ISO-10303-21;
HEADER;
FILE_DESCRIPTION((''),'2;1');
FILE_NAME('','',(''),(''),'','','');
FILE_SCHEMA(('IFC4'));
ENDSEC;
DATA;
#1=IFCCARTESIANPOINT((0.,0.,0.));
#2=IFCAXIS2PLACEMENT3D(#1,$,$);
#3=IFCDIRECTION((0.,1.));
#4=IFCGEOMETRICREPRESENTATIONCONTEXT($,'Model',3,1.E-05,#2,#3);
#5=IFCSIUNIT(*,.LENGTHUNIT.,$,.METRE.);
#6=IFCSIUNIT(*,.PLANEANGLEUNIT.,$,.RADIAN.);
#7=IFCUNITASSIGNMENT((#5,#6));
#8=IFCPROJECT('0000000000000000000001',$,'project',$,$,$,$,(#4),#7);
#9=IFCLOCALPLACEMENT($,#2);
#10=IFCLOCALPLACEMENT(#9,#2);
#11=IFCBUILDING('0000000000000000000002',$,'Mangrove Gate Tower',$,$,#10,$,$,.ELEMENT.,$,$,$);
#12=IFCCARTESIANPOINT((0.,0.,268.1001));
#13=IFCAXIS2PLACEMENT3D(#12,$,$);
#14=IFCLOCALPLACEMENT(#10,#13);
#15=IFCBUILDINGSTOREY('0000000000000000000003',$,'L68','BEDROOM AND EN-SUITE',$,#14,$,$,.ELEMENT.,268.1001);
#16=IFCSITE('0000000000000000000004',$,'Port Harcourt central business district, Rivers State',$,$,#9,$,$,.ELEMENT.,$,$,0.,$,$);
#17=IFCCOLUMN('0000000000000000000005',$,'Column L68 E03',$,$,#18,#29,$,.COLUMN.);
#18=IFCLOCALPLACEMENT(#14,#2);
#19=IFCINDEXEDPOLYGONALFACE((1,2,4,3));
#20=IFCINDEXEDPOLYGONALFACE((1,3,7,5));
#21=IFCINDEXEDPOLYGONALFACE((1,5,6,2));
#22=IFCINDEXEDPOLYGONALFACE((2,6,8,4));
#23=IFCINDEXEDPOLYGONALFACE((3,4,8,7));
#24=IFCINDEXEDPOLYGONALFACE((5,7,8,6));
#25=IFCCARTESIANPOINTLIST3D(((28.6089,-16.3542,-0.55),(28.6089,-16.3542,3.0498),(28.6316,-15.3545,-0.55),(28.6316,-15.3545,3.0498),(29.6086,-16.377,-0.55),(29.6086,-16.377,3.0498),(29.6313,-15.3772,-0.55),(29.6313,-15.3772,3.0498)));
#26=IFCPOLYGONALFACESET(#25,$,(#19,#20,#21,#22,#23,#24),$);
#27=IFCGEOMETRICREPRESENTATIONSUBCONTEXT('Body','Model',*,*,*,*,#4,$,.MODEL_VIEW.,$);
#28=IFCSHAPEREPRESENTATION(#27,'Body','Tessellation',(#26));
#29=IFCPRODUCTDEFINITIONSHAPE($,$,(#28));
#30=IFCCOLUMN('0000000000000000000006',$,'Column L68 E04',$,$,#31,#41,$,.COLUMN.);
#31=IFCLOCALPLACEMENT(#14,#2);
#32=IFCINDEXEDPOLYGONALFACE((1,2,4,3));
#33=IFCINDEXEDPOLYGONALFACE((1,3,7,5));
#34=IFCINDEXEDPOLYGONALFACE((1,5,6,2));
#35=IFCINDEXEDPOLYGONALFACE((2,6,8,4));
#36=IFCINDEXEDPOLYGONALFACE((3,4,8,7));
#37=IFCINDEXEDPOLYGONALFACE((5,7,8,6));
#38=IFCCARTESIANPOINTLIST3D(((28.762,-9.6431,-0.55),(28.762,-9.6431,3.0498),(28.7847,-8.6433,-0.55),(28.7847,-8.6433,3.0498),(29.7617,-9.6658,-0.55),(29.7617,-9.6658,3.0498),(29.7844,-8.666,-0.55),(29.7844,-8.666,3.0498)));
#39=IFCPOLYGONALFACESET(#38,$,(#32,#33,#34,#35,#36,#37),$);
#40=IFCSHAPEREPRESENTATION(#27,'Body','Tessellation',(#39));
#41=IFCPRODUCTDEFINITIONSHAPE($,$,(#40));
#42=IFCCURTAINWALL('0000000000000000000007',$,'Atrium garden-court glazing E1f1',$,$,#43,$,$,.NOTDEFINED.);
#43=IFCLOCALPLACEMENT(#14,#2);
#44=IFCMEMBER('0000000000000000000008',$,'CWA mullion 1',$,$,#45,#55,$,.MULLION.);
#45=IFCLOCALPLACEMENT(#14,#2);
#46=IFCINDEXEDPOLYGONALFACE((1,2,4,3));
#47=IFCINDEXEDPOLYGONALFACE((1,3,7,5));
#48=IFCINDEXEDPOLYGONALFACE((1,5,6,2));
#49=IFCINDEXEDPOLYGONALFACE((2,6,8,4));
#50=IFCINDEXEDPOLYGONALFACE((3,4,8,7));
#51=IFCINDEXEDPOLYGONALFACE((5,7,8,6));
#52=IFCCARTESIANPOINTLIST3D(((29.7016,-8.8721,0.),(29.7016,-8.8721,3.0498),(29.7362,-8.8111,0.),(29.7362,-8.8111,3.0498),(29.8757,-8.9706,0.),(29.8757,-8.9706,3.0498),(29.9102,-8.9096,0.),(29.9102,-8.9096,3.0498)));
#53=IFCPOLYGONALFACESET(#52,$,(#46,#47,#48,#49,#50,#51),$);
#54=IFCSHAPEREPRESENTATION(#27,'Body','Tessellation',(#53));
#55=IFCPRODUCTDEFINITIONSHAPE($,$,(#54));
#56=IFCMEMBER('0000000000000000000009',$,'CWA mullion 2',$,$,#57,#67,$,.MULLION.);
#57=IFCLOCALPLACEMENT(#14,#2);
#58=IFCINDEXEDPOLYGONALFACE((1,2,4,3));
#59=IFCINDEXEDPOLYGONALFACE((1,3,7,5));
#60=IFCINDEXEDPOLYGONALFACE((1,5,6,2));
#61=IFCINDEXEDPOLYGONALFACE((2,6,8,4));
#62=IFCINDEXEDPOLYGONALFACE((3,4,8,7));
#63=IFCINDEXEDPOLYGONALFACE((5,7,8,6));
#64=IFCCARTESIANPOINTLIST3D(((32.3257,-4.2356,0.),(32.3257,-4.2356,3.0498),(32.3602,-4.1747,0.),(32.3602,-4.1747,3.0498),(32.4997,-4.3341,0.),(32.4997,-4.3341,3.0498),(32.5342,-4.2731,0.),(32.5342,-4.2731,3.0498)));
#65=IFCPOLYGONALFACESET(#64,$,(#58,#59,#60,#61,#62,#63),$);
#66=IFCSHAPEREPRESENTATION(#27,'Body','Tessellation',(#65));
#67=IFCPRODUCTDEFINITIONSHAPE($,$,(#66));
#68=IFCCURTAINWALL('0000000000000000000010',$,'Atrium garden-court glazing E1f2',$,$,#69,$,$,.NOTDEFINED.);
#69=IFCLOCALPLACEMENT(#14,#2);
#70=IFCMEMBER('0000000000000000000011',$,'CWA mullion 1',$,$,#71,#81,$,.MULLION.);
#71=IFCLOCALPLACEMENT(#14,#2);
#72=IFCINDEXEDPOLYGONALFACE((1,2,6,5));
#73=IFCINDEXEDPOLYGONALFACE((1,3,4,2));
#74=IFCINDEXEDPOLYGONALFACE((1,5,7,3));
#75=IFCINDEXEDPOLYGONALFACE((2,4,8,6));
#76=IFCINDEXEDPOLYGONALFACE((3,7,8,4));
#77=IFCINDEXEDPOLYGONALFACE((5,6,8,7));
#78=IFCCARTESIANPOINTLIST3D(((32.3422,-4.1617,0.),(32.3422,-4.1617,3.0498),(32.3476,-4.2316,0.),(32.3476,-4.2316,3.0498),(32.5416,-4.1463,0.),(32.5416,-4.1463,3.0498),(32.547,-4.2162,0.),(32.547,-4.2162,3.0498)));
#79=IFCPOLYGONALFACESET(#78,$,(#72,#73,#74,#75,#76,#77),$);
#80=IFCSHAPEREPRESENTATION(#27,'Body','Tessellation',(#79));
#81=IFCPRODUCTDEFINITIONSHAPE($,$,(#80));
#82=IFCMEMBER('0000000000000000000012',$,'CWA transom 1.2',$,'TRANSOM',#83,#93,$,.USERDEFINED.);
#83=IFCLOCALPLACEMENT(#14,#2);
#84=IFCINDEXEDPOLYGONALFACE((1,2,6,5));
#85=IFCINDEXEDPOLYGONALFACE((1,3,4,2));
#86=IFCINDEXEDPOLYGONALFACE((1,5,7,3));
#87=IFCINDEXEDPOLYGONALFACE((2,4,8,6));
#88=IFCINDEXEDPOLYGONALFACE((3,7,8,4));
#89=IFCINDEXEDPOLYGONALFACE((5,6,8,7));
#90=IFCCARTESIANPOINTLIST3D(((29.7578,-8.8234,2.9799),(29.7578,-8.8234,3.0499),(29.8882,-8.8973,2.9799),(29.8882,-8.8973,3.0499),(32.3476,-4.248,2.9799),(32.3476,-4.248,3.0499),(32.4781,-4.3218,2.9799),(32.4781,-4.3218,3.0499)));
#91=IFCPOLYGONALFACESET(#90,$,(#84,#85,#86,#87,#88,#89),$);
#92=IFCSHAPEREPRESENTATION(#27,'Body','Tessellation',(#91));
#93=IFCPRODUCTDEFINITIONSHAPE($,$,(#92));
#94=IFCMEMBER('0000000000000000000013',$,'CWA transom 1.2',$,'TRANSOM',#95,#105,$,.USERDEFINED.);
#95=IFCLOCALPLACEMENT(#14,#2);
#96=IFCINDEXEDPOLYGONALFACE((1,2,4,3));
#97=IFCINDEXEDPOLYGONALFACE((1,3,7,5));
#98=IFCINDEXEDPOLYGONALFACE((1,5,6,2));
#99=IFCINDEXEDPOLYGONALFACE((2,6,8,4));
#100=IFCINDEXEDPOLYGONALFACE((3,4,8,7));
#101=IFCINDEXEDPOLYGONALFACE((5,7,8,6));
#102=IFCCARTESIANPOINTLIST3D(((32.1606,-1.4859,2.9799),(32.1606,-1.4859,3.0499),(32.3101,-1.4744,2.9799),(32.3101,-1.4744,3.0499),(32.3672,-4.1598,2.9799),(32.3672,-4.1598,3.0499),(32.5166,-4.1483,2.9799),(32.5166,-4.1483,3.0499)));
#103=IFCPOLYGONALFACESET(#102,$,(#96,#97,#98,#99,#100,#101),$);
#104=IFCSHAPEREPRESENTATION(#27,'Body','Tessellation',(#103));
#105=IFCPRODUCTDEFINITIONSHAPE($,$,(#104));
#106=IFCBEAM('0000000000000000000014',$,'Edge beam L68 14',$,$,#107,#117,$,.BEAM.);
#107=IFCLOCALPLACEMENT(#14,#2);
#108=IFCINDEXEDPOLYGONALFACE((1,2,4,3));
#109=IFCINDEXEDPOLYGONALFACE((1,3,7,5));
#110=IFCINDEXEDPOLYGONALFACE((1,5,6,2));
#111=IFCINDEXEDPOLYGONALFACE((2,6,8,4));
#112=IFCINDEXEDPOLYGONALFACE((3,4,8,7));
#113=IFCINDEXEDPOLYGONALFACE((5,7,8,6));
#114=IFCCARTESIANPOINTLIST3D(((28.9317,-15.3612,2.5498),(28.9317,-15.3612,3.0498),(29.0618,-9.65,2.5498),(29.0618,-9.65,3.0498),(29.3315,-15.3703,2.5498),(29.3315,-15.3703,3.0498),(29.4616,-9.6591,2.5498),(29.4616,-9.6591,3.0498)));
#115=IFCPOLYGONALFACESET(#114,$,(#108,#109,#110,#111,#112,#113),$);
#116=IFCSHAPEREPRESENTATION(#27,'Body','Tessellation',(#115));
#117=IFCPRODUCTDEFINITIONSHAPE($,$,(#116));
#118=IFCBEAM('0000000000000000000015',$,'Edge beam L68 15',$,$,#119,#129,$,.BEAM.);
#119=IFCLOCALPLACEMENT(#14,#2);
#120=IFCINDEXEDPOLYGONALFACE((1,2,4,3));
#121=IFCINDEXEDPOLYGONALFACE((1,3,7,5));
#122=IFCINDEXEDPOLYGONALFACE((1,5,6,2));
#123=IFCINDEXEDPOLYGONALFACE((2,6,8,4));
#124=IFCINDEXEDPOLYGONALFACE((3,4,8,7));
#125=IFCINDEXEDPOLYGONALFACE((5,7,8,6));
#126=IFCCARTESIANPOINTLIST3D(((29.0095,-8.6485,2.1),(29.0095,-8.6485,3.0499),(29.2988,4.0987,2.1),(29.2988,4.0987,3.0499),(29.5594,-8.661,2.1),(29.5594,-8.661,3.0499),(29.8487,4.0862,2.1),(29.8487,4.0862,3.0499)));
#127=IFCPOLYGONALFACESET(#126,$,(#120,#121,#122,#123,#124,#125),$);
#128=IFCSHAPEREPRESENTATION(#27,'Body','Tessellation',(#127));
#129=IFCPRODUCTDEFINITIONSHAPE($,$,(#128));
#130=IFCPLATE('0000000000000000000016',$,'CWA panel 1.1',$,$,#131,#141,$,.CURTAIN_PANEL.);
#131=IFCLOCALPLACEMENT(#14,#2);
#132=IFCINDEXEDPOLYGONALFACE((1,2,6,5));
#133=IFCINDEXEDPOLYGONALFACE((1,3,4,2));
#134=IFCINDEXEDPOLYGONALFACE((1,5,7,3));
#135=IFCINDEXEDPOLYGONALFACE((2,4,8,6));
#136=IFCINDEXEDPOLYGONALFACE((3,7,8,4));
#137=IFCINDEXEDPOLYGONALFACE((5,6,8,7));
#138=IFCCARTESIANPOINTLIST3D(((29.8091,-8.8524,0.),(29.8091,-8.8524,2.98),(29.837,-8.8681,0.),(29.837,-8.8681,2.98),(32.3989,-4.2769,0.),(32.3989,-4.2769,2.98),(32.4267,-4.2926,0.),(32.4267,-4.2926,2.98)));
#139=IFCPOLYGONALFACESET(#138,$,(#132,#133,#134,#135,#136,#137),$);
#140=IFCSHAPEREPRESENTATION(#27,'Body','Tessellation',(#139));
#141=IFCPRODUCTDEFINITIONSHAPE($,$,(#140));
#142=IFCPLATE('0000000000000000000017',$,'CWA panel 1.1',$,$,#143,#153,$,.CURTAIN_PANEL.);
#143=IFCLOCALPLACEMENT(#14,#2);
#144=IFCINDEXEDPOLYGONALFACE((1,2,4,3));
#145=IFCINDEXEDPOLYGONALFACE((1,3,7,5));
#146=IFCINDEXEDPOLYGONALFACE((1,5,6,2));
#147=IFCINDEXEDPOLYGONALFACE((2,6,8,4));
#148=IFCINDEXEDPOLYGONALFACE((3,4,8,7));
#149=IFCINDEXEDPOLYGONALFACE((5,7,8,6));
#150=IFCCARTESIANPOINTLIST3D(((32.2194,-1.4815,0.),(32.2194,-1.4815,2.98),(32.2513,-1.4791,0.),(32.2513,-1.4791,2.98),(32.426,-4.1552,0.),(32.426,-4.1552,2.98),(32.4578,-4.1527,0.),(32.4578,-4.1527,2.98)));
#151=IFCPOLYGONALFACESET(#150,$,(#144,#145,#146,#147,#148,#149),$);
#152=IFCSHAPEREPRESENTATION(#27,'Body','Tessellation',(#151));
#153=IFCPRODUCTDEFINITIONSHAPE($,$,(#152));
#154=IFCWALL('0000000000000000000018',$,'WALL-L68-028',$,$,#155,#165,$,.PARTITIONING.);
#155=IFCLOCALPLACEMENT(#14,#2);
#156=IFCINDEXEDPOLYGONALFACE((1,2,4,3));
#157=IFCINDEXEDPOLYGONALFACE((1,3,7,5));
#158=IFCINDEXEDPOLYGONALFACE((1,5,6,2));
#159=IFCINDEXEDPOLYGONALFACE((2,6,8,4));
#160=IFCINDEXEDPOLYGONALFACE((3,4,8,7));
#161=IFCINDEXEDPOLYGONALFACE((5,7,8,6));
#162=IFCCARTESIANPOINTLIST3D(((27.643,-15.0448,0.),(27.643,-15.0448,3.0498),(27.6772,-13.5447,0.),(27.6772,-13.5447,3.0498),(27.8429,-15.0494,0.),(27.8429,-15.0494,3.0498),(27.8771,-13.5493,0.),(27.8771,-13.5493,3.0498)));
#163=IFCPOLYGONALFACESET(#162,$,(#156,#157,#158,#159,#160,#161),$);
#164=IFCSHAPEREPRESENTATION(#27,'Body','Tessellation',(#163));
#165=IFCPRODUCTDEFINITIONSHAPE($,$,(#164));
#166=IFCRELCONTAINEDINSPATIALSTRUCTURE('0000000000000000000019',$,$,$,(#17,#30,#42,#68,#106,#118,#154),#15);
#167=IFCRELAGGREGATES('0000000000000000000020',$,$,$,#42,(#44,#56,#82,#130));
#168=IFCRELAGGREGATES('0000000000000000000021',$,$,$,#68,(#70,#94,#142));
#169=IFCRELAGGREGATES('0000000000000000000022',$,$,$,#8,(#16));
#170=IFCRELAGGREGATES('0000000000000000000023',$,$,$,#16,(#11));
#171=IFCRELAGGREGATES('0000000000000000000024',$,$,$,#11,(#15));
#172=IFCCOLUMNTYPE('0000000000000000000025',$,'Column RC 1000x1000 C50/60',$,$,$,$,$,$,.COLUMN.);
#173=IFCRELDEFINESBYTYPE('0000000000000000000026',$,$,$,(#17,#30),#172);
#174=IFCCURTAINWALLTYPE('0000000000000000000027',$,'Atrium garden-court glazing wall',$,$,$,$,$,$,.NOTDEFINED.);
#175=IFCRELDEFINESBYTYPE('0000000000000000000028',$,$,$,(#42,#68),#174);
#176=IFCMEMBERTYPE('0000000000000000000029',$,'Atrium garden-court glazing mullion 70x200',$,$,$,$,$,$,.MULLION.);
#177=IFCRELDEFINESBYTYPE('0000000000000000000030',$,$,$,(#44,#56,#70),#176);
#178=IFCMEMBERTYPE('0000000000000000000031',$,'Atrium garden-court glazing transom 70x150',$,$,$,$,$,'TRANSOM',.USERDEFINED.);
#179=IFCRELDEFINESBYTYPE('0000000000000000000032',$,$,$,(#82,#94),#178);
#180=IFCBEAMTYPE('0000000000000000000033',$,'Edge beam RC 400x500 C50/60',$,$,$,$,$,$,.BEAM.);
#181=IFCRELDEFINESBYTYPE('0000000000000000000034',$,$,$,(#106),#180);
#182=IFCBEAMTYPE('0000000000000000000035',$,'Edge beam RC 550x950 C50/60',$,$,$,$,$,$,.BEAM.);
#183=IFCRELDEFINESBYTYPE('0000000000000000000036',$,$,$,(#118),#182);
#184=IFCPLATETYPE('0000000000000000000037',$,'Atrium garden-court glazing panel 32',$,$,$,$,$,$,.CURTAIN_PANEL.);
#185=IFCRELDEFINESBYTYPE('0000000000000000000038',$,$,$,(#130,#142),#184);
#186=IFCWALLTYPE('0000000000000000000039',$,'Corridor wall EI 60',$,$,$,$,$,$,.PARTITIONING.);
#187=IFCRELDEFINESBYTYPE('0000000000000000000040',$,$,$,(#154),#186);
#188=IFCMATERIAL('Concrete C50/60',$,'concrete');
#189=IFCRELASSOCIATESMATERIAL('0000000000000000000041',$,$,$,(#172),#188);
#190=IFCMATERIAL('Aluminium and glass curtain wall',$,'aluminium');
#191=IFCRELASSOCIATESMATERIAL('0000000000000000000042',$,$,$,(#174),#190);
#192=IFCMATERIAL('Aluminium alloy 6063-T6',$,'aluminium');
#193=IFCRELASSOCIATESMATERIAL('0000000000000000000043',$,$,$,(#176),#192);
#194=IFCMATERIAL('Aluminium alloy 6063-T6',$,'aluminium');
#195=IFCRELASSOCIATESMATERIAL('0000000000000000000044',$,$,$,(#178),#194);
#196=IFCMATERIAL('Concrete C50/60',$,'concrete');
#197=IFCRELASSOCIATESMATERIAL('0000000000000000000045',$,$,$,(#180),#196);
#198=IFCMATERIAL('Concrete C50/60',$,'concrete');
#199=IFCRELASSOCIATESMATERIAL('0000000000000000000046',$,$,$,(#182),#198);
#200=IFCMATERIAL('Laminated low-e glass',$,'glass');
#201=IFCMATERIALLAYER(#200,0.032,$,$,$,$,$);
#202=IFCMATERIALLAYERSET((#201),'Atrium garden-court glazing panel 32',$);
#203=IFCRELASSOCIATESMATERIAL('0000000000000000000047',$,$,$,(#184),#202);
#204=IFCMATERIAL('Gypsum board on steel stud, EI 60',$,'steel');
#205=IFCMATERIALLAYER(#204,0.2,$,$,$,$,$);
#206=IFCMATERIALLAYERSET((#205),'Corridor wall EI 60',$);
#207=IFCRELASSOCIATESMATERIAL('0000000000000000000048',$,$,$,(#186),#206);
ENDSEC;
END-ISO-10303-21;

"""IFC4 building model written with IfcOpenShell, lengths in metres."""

from ifc_helpers import new_model, si_unit, direction, frame, frame_2d, origin, origin_2d, place, context, subcontext, project, spatial, rectangle, extrude, material, layer, layer_set, material_profile, profile_set, type_object, element, aggregate, save


model = new_model("IFC4")

# Units and contexts
model_context = context("Model", 3, precision=1e-05, world=origin(), true_north=direction((0.0, 1.0)))
body_context = subcontext(model_context, "Body", "Model", "MODEL_VIEW")
ifc_project = project(units=[si_unit("LENGTHUNIT", "METRE"), si_unit("PLANEANGLEUNIT", "RADIAN")], contexts=[model_context])

# Site, building, storey
site_placement = place(None, origin())
site = spatial("IfcSite", under=ifc_project, at=site_placement, Name="Port Harcourt central business district, Rivers State", CompositionType="ELEMENT", RefElevation=0.0)
building_placement = place(site_placement, origin())
building = spatial("IfcBuilding", under=site, at=building_placement, Name="Mangrove Gate Tower", CompositionType="ELEMENT")
storey_placement = place(building_placement, frame((0.0, 0.0, 268.1001)))
storey = spatial("IfcBuildingStorey", under=building, at=storey_placement, Name="L68", Description="BEDROOM AND EN-SUITE", CompositionType="ELEMENT", Elevation=268.1001)

# Columns
ifc_material_1 = material(Name="Concrete C50/60", Category="concrete")
ifc_material_profile_1 = material_profile(ifc_material_1, rectangle(XDim=1.0, YDim=1.0, at=origin_2d()))
ifc_profile_set_1 = profile_set([ifc_material_profile_1], Name="Concrete C50/60")
column_type = type_object("IfcColumnType", Name="Column RC 1000x1000 C50/60", PredefinedType="COLUMN", material=ifc_profile_set_1)
for number, where, z_axis, x_axis, name in (
    (1, (29.1201, -15.8657, -0.55), (0.0, 0.0, 1.0), (0.022718, 0.999742, 0.0), "Column L68 E03"),
    (2, (29.2732, -9.1545, -0.55), (0.0, 0.0, 1.0), (0.022724, 0.999742, 0.0), "Column L68 E04"),
):
    element("IfcColumn", number, at=place(storey_placement, frame(where, z_axis=z_axis, x_axis=x_axis)), inside=storey, type_object=column_type, Name=name, PredefinedType="COLUMN", context=body_context, shape_type="SweptSolid", body=[
        extrude(rectangle(XDim=1.0, YDim=1.0, at=origin_2d()), origin(), (0.0, 0.0, 1.0), 3.5999),
    ])

# Curtain wall, members
ifc_material_2 = material(Name="Aluminium and glass curtain wall", Category="aluminium")
curtain_wall_type = type_object("IfcCurtainWallType", Name="Atrium garden-court glazing wall", PredefinedType="NOTDEFINED", material=ifc_material_2)
curtain_wall_1_placement = place(storey_placement, origin())
curtain_wall_1 = element("IfcCurtainWall", 3, at=curtain_wall_1_placement, inside=storey, type_object=curtain_wall_type, Name="Atrium garden-court glazing E1f1", PredefinedType="NOTDEFINED")
ifc_material_3 = material(Name="Aluminium alloy 6063-T6", Category="aluminium")
ifc_material_profile_2 = material_profile(ifc_material_3, rectangle(XDim=0.0701, YDim=0.2, at=origin_2d()))
ifc_profile_set_2 = profile_set([ifc_material_profile_2], Name="Aluminium alloy 6063-T6")
member_type_1 = type_object("IfcMemberType", Name="Atrium garden-court glazing mullion 70x200", PredefinedType="MULLION", material=ifc_profile_set_2)
member_1_placement = place(storey_placement, frame((29.8059, -8.8909, 0.0), z_axis=(0.0, 0.0, 1.0), x_axis=(0.492568, 0.870274, 0.0)))
member_1 = element("IfcMember", 4, at=member_1_placement, type_object=member_type_1, Name="CWA mullion 1", PredefinedType="MULLION", context=body_context, shape_type="SweptSolid", body=[
    extrude(rectangle(XDim=0.0701, YDim=0.2, at=origin_2d()), origin(), (0.0, 0.0, 1.0), 3.0498),
])
member_2_placement = place(storey_placement, frame((32.4299, -4.2544, 0.0), z_axis=(0.0, 0.0, 1.0), x_axis=(0.492568, 0.870274, 0.0)))
member_2 = element("IfcMember", 5, at=member_2_placement, type_object=member_type_1, Name="CWA mullion 2", PredefinedType="MULLION", context=body_context, shape_type="SweptSolid", body=[
    extrude(rectangle(XDim=0.0701, YDim=0.2, at=origin_2d()), origin(), (0.0, 0.0, 1.0), 3.0498),
])

# Curtain wall, member
curtain_wall_2_placement = place(storey_placement, origin())
curtain_wall_2 = element("IfcCurtainWall", 6, at=curtain_wall_2_placement, inside=storey, type_object=curtain_wall_type, Name="Atrium garden-court glazing E1f2", PredefinedType="NOTDEFINED")
member_3_placement = place(storey_placement, frame((32.4446, -4.189, 0.0), z_axis=(0.0, 0.0, 1.0), x_axis=(-0.077023, 0.997029, 0.0)))
member_3 = element("IfcMember", 7, at=member_3_placement, type_object=member_type_1, Name="CWA mullion 1", PredefinedType="MULLION", context=body_context, shape_type="SweptSolid", body=[
    extrude(rectangle(XDim=0.0701, YDim=0.2, at=origin_2d()), origin(), (0.0, 0.0, 1.0), 3.0498),
])

# Members
ifc_material_4 = material(Name="Aluminium alloy 6063-T6", Category="aluminium")
ifc_material_profile_3 = material_profile(ifc_material_4, rectangle(XDim=0.0701, YDim=0.1499, at=origin_2d()))
ifc_profile_set_3 = profile_set([ifc_material_profile_3], Name="Aluminium alloy 6063-T6")
member_type_2 = type_object("IfcMemberType", Name="Atrium garden-court glazing transom 70x150", ElementType="TRANSOM", PredefinedType="USERDEFINED", material=ifc_profile_set_3)
member_4_placement = place(storey_placement, frame((29.823, -8.8604, 3.0149), z_axis=(0.492594, 0.870259, 0.0), x_axis=(0.0, 0.0, 1.0)))
member_4 = element("IfcMember", 8, at=member_4_placement, type_object=member_type_2, Name="CWA transom 1.2", ObjectType="TRANSOM", PredefinedType="USERDEFINED", context=body_context, shape_type="SweptSolid", body=[
    extrude(rectangle(XDim=0.0701, YDim=0.1499, at=origin_2d()), origin(), (0.0, 0.0, 1.0), 5.2576),
])
member_5_placement = place(storey_placement, frame((32.4419, -4.1541, 3.0149), z_axis=(-0.077017, 0.99703, 0.0), x_axis=(0.0, 0.0, 1.0)))
member_5 = element("IfcMember", 9, at=member_5_placement, type_object=member_type_2, Name="CWA transom 1.2", ObjectType="TRANSOM", PredefinedType="USERDEFINED", context=body_context, shape_type="SweptSolid", body=[
    extrude(rectangle(XDim=0.0701, YDim=0.1499, at=origin_2d()), origin(), (0.0, 0.0, 1.0), 2.6819),
])

# Beams
ifc_material_5 = material(Name="Concrete C50/60", Category="concrete")
ifc_material_profile_4 = material_profile(ifc_material_5, rectangle(XDim=0.3999, YDim=0.5, at=origin_2d()))
ifc_profile_set_4 = profile_set([ifc_material_profile_4], Name="Concrete C50/60")
beam_type_1 = type_object("IfcBeamType", Name="Edge beam RC 400x500 C50/60", PredefinedType="BEAM", material=ifc_profile_set_4)
beam_1_placement = place(storey_placement, frame((29.1316, -15.3657, 2.7998), z_axis=(0.022779, 0.999741, 0.0), x_axis=(-0.999741, 0.022779, 0.0)))
element("IfcBeam", 10, at=beam_1_placement, inside=storey, type_object=beam_type_1, Name="Edge beam L68 14", PredefinedType="BEAM", context=body_context, shape_type="SweptSolid", body=[
    extrude(rectangle(XDim=0.3999, YDim=0.5, at=origin_2d()), origin(), (0.0, 0.0, 1.0), 5.7126),
])
ifc_material_6 = material(Name="Concrete C50/60", Category="concrete")
ifc_material_profile_5 = material_profile(ifc_material_6, rectangle(XDim=0.55, YDim=0.95, at=origin_2d()))
ifc_profile_set_5 = profile_set([ifc_material_profile_5], Name="Concrete C50/60")
beam_type_2 = type_object("IfcBeamType", Name="Edge beam RC 550x950 C50/60", PredefinedType="BEAM", material=ifc_profile_set_5)
beam_2_placement = place(storey_placement, frame((29.2844, -8.6548, 2.575), z_axis=(0.02269, 0.999743, 0.0), x_axis=(-0.999743, 0.02269, 0.0)))
element("IfcBeam", 11, at=beam_2_placement, inside=storey, type_object=beam_type_2, Name="Edge beam L68 15", PredefinedType="BEAM", context=body_context, shape_type="SweptSolid", body=[
    extrude(rectangle(XDim=0.55, YDim=0.95, at=origin_2d()), origin(), (0.0, 0.0, 1.0), 12.7505),
])

# Plates
ifc_material_7 = material(Name="Laminated low-e glass", Category="glass")
ifc_layer_1 = layer(ifc_material_7, 0.032)
ifc_layer_set_1 = layer_set([ifc_layer_1], Name="Atrium garden-court glazing panel 32")
plate_type = type_object("IfcPlateType", Name="Atrium garden-court glazing panel 32", PredefinedType="CURTAIN_PANEL", material=ifc_layer_set_1)
plate_1_placement = place(storey_placement, frame((31.1179, -6.5725, 0.0), z_axis=(0.0, 0.0, 1.0), x_axis=(0.492568, 0.870274, 0.0)))
plate_1 = element("IfcPlate", 12, at=plate_1_placement, type_object=plate_type, Name="CWA panel 1.1", PredefinedType="CURTAIN_PANEL", context=body_context, shape_type="SweptSolid", body=[
    extrude(rectangle(XDim=5.2576, YDim=0.032, at=origin_2d()), origin(), (0.0, 0.0, 1.0), 2.98),
])
aggregate(curtain_wall_1, [member_1, member_2, member_4, plate_1])
plate_2_placement = place(storey_placement, frame((32.3386, -2.8171, 0.0), z_axis=(0.0, 0.0, 1.0), x_axis=(-0.077023, 0.997029, 0.0)))
plate_2 = element("IfcPlate", 13, at=plate_2_placement, type_object=plate_type, Name="CWA panel 1.1", PredefinedType="CURTAIN_PANEL", context=body_context, shape_type="SweptSolid", body=[
    extrude(rectangle(XDim=2.6816, YDim=0.032, at=origin_2d()), origin(), (0.0, 0.0, 1.0), 2.98),
])
aggregate(curtain_wall_2, [member_3, member_5, plate_2])

# Wall
ifc_material_8 = material(Name="Gypsum board on steel stud, EI 60", Category="steel")
ifc_layer_2 = layer(ifc_material_8, 0.2)
ifc_layer_set_2 = layer_set([ifc_layer_2], Name="Corridor wall EI 60")
wall_type_1 = type_object("IfcWallType", Name="Corridor wall EI 60", PredefinedType="PARTITIONING", material=ifc_layer_set_2)
wall_1_placement = place(storey_placement, frame((27.7429, -15.0471, 0.0), z_axis=(0.0, 0.0, 1.0), x_axis=(0.022781, 0.99974, 0.0)))
element("IfcWall", 14, at=wall_1_placement, inside=storey, type_object=wall_type_1, Name="WALL-L68-028", PredefinedType="PARTITIONING", context=body_context, shape_type="SweptSolid", body=[
    extrude(rectangle(XDim=1.5005, YDim=0.2, at=frame_2d((0.7502, 0.0))), origin(), (0.0, 0.0, 1.0), 3.0498),
])

save(model, "model.ifc")
